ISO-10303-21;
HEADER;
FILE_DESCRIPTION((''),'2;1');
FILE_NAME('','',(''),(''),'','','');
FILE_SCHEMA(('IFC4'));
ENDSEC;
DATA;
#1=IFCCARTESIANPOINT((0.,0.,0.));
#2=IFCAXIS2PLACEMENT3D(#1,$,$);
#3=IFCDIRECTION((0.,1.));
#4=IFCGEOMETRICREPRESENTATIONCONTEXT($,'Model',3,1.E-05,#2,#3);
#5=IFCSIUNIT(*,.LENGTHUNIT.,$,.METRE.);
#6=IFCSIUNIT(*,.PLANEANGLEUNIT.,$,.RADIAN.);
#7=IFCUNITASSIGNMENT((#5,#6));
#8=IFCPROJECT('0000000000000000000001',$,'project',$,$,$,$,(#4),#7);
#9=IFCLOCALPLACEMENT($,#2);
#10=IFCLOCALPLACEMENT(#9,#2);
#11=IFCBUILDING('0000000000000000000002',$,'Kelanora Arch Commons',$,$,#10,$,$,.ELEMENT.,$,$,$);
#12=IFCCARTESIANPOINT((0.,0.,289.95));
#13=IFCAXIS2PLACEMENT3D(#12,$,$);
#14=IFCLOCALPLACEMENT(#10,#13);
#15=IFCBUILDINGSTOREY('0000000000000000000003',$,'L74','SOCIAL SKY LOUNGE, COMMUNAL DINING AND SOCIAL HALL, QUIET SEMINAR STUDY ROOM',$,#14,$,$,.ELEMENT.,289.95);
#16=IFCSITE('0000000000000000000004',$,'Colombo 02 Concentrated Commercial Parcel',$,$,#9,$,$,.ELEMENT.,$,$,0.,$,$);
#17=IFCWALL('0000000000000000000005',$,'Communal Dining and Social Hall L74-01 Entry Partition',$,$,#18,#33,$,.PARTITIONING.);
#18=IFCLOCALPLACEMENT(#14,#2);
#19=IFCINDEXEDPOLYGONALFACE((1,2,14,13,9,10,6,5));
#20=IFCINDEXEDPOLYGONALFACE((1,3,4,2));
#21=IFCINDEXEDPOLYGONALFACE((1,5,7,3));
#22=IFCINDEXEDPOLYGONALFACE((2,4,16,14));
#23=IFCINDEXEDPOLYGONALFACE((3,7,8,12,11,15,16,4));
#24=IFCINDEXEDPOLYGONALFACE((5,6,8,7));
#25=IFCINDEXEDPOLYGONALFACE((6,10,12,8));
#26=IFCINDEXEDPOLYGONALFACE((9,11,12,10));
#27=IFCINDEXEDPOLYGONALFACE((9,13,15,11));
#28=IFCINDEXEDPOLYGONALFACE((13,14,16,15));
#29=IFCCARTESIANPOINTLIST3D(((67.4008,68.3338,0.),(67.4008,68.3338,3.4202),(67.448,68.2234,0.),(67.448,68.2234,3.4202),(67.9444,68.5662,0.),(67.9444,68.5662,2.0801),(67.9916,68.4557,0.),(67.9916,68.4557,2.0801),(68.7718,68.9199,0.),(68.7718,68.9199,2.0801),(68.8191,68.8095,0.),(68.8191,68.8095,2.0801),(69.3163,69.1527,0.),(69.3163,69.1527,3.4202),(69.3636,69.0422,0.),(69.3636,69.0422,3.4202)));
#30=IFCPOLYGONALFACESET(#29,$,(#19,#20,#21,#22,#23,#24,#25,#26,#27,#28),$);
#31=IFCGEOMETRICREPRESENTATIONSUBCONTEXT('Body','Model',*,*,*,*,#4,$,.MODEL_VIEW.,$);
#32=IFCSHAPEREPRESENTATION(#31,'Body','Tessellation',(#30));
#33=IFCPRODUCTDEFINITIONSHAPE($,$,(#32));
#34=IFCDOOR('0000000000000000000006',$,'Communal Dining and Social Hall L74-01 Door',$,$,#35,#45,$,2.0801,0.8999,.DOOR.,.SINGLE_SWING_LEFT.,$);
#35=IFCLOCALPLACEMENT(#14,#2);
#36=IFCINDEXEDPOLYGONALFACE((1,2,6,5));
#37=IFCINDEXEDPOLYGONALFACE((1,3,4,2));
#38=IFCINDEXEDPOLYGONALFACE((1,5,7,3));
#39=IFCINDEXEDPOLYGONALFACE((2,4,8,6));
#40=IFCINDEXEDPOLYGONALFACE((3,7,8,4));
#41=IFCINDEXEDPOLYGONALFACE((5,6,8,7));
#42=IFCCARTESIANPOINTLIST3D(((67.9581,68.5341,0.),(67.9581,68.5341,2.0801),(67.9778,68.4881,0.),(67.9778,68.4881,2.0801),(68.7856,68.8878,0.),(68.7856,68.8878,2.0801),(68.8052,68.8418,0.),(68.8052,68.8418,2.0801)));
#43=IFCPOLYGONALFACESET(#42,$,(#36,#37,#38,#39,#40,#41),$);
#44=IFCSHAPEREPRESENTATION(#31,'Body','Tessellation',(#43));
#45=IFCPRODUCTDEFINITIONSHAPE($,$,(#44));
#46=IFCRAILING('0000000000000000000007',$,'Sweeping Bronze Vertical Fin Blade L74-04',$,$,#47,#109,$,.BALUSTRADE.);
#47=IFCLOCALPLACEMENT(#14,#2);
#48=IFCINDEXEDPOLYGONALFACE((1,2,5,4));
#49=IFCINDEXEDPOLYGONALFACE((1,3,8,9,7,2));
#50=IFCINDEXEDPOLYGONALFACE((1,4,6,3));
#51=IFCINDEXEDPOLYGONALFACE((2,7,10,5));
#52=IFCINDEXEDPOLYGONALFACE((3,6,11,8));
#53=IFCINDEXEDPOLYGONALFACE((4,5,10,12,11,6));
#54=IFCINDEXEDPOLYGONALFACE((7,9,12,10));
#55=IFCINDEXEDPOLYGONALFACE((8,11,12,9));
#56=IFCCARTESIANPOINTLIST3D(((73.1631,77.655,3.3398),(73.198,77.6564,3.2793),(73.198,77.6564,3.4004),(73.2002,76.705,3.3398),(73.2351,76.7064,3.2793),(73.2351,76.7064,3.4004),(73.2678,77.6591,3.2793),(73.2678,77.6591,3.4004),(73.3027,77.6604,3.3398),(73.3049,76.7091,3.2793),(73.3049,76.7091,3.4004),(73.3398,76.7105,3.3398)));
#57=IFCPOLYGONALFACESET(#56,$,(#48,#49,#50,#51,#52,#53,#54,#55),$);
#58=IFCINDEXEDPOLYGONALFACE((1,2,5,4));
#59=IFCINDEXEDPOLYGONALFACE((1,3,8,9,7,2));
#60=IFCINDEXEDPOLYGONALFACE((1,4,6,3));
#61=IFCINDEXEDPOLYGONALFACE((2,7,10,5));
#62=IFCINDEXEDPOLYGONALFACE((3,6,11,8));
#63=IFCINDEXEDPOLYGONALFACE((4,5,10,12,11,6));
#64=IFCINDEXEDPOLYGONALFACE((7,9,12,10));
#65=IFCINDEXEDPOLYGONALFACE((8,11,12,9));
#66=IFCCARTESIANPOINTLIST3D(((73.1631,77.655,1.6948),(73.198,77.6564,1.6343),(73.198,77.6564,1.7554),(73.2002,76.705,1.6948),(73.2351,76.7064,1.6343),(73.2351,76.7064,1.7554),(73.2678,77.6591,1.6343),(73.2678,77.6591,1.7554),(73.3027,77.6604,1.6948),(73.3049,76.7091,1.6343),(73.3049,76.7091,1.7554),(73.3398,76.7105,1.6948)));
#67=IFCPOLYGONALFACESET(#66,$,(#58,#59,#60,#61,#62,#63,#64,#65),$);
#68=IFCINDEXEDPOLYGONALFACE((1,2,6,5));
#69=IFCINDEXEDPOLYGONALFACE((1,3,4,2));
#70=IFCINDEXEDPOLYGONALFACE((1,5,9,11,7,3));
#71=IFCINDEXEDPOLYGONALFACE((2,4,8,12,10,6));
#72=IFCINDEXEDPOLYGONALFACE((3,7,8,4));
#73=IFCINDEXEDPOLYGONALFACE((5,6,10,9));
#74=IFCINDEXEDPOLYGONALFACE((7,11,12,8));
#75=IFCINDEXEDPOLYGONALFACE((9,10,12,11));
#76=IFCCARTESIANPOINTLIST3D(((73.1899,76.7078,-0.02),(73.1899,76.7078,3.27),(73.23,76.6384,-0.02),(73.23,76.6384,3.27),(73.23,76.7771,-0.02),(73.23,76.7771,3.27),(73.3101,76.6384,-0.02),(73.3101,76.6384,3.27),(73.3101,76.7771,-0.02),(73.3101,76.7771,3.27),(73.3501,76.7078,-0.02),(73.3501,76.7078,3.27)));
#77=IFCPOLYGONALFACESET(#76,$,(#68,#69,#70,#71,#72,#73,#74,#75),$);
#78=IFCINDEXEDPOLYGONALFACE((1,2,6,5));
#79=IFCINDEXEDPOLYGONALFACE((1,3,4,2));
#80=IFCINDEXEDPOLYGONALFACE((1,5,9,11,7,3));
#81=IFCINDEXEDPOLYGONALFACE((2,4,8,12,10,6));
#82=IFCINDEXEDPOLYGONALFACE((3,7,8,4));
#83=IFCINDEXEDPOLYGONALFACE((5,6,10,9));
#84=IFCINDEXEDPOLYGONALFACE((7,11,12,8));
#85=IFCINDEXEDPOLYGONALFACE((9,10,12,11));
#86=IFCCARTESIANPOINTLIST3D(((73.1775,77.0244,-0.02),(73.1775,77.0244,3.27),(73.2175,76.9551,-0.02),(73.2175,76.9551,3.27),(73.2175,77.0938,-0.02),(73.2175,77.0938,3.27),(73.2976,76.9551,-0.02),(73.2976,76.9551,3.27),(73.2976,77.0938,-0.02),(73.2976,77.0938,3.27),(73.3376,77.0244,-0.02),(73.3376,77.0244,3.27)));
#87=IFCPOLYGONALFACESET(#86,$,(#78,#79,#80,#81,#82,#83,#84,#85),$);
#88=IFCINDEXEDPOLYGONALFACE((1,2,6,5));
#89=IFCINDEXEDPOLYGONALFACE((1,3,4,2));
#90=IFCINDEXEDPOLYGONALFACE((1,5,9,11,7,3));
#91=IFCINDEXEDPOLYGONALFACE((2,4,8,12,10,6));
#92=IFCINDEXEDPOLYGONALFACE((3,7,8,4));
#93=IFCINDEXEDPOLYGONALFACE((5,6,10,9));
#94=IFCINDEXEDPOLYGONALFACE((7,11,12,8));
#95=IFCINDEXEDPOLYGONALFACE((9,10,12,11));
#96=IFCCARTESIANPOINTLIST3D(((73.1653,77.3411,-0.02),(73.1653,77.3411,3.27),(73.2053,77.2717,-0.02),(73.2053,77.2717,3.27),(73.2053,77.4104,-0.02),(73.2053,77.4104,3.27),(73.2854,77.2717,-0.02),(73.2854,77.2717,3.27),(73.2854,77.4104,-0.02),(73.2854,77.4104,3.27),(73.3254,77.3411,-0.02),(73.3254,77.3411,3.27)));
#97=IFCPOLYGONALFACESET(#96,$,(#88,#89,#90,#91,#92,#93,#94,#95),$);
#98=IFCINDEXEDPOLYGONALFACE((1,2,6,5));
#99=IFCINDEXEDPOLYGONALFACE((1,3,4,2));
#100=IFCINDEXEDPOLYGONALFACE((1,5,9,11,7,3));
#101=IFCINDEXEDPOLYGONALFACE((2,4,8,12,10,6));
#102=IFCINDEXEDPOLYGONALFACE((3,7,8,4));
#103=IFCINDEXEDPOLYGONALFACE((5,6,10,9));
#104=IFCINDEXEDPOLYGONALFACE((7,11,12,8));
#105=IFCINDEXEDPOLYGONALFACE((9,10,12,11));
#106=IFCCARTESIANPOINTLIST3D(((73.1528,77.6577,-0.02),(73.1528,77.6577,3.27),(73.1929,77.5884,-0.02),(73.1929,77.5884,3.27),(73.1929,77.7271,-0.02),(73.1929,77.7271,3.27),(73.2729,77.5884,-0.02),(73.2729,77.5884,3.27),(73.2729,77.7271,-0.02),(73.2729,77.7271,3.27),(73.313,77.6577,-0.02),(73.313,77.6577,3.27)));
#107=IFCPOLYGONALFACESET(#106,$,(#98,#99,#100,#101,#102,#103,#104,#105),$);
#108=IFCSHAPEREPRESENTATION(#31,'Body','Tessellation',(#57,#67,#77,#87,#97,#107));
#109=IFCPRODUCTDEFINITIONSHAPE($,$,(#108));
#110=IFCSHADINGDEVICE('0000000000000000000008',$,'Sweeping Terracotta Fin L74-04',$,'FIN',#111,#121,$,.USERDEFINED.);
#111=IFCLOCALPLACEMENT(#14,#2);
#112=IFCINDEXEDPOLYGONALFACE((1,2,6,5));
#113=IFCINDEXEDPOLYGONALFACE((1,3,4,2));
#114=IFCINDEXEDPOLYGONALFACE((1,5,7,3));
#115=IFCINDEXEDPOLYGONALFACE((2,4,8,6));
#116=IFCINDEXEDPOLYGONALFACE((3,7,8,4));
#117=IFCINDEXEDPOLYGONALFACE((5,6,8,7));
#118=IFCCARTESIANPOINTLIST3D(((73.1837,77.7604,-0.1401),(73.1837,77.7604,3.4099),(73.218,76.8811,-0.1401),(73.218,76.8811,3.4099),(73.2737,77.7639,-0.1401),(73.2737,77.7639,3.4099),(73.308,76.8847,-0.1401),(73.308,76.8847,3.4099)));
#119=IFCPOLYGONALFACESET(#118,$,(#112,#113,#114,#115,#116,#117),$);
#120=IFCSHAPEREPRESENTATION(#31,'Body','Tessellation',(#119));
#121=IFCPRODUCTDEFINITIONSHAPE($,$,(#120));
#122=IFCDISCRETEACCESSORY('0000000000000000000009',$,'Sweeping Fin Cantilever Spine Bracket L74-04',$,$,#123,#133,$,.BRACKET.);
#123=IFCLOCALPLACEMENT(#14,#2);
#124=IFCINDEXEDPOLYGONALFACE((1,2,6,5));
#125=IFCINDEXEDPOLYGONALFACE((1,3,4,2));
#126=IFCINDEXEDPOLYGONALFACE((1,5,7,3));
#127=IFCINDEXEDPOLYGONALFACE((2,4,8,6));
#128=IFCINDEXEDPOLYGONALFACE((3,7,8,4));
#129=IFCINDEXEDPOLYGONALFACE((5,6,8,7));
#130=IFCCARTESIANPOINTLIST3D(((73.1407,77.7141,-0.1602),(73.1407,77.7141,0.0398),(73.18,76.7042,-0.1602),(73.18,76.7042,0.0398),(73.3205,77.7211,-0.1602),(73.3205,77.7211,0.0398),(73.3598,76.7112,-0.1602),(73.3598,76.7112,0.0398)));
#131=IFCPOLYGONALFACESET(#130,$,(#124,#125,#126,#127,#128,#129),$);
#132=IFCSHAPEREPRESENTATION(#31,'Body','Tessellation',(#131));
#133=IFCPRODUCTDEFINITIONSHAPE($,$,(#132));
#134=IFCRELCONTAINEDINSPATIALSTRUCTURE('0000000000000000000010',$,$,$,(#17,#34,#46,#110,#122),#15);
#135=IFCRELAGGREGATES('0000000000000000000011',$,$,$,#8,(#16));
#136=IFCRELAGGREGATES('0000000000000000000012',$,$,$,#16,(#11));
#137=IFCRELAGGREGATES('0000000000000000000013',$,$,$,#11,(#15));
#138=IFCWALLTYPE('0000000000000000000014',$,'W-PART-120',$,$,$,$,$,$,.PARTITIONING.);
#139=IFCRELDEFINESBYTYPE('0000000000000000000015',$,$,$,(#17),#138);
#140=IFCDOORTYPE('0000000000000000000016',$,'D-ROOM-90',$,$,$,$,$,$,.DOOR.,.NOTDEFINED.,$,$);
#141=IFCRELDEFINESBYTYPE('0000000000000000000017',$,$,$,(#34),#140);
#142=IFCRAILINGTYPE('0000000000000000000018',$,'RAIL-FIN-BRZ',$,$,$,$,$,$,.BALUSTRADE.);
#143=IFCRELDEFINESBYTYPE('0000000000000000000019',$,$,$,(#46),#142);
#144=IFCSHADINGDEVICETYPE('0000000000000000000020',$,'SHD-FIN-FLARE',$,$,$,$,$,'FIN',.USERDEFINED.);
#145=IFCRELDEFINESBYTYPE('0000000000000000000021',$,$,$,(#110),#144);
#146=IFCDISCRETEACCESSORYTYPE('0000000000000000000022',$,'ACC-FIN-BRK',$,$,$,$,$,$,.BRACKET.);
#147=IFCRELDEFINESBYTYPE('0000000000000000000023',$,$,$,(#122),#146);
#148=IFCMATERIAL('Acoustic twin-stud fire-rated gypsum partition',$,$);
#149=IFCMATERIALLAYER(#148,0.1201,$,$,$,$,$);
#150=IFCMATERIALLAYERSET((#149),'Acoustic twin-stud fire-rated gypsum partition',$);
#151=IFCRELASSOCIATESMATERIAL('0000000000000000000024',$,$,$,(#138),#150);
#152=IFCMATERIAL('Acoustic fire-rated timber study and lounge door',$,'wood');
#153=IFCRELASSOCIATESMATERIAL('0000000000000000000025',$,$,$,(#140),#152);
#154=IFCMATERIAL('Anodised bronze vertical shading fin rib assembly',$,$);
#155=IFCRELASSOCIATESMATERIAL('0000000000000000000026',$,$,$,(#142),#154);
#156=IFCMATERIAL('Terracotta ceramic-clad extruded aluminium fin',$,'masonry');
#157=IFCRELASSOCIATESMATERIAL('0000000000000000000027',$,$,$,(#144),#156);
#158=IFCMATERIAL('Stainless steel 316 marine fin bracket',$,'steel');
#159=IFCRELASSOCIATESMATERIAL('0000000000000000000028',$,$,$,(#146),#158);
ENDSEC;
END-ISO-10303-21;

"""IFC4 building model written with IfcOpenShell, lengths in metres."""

from ifc_helpers import new_model, si_unit, direction, frame, frame_2d, origin, origin_2d, place, context, subcontext, project, spatial, polyline, rectangle, outline, extrude, source, transform, mapped, material, layer, layer_set, type_object, element, fill, save


model = new_model("IFC4")

# Units and contexts
model_context = context("Model", 3, precision=1e-05, world=origin(), true_north=direction((0.0, 1.0)))
body_context = subcontext(model_context, "Body", "Model", "MODEL_VIEW")
ifc_project = project(units=[si_unit("LENGTHUNIT", "METRE"), si_unit("PLANEANGLEUNIT", "RADIAN")], contexts=[model_context])

# Site, building, storey
site_placement = place(None, origin())
site = spatial("IfcSite", under=ifc_project, at=site_placement, Name="Colombo 02 Concentrated Commercial Parcel", CompositionType="ELEMENT", RefElevation=0.0)
building_placement = place(site_placement, origin())
building = spatial("IfcBuilding", under=site, at=building_placement, Name="Kelanora Arch Commons", CompositionType="ELEMENT")
storey_placement = place(building_placement, frame((0.0, 0.0, 289.95)))
storey = spatial("IfcBuildingStorey", under=building, at=storey_placement, Name="L74", Description="SOCIAL SKY LOUNGE, COMMUNAL DINING AND SOCIAL HALL, QUIET SEMINAR STUDY ROOM", CompositionType="ELEMENT", Elevation=289.95)

# Wall, opening, door
ifc_material_1 = material(Name="Acoustic twin-stud fire-rated gypsum partition")
ifc_layer_1 = layer(ifc_material_1, 0.1201)
ifc_layer_set_1 = layer_set([ifc_layer_1], Name="Acoustic twin-stud fire-rated gypsum partition")
wall_type_1 = type_object("IfcWallType", Name="W-PART-120", PredefinedType="PARTITIONING", material=ifc_layer_set_1)
wall_1_placement = place(storey_placement, frame((69.3398, 69.0974, 0.0), z_axis=(0.0, 0.0, 1.0), x_axis=(-0.919508, -0.39307, 0.0)))
wall_1 = element("IfcWall", 1, at=wall_1_placement, inside=storey, type_object=wall_type_1, Name="Communal Dining and Social Hall L74-01 Entry Partition", PredefinedType="PARTITIONING", context=body_context, shape_type="SweptSolid", body=[
    extrude(rectangle(XDim=2.0833, YDim=0.1201, at=frame_2d((1.0415, 0.0))), origin(), (0.0, 0.0, 1.0), 3.4202),
])
opening_placement = place(wall_1_placement, frame((0.592, 0.0, 0.0)))
opening = element("IfcOpeningElement", 2, at=opening_placement, cuts=wall_1, PredefinedType="OPENING", context=body_context, shape_type="SweptSolid", body=[
    extrude(rectangle(XDim=0.8999, YDim=2.0801, at=frame_2d((0.45, 1.04))), frame((0.0, 0.0701, 0.0), z_axis=(0.0, -1.0, 0.0), x_axis=(1.0, 0.0, 0.0)), (0.0, 0.0, 1.0), 0.1401),
])
ifc_material_2 = material(Name="Acoustic fire-rated timber study and lounge door", Category="wood")
door_type = type_object("IfcDoorType", Name="D-ROOM-90", OperationType="NOTDEFINED", PredefinedType="DOOR", material=ifc_material_2)
door_placement = place(opening_placement, origin())
door = element("IfcDoor", 3, at=door_placement, inside=storey, type_object=door_type, Name="Communal Dining and Social Hall L74-01 Door", OperationType="SINGLE_SWING_LEFT", OverallHeight=2.0801, OverallWidth=0.8999, PredefinedType="DOOR", context=body_context, shape_type="SweptSolid", body=[
    extrude(rectangle(XDim=0.8999, YDim=2.0801, at=frame_2d((0.45, 1.04))), frame((0.0, 0.0249, 0.0), z_axis=(0.0, -1.0, 0.0), x_axis=(1.0, 0.0, 0.0)), (0.0, 0.0, 1.0), 0.05),
])
fill(opening, door)

# Railing
ifc_material_3 = material(Name="Anodised bronze vertical shading fin rib assembly")
railing_type = type_object("IfcRailingType", Name="RAIL-FIN-BRZ", PredefinedType="BALUSTRADE", material=ifc_material_3)
railing_placement = place(storey_placement, frame((73.27, 76.7078, -0.02)))
element("IfcRailing", 4, at=railing_placement, inside=storey, type_object=railing_type, Name="Sweeping Bronze Vertical Fin Blade L74-04", PredefinedType="BALUSTRADE", context=body_context, shape_type="SweptSolid", body=[
    extrude(outline(polyline([(0.0698, 0.0), (0.0349, 0.0605), (-0.0349, 0.0605), (-0.0698, 0.0), (-0.0349, -0.0605), (0.0349, -0.0605), (0.0698, 0.0)])), frame((0.0, 0.0, 3.3599), z_axis=(-0.039035, 0.999238, 0.0), x_axis=(-0.999238, -0.039035, 0.0)), (0.0, 0.0, 1.0), 0.9507),
    extrude(outline(polyline([(0.0698, 0.0), (0.0349, 0.0605), (-0.0349, 0.0605), (-0.0698, 0.0), (-0.0349, -0.0605), (0.0349, -0.0605), (0.0698, 0.0)])), frame((0.0, 0.0, 1.7148), z_axis=(-0.039035, 0.999238, 0.0), x_axis=(-0.999238, -0.039035, 0.0)), (0.0, 0.0, 1.0), 0.9507),
    extrude(outline(polyline([(0.0801, 0.0), (0.04, 0.0693), (-0.04, 0.0693), (-0.0801, 0.0), (-0.04, -0.0693), (0.04, -0.0693), (0.0801, 0.0)])), origin(), (0.0, 0.0, 1.0), 3.29),
    extrude(outline(polyline([(0.0801, 0.0), (0.04, 0.0693), (-0.04, 0.0693), (-0.0801, 0.0), (-0.04, -0.0693), (0.04, -0.0693), (0.0801, 0.0)])), frame((-0.0125, 0.3167, 0.0)), (0.0, 0.0, 1.0), 3.29),
    extrude(outline(polyline([(0.0801, 0.0), (0.04, 0.0693), (-0.04, 0.0693), (-0.0801, 0.0), (-0.04, -0.0693), (0.04, -0.0693), (0.0801, 0.0)])), frame((-0.0247, 0.6333, 0.0)), (0.0, 0.0, 1.0), 3.29),
    extrude(outline(polyline([(0.0801, 0.0), (0.04, 0.0693), (-0.04, 0.0693), (-0.0801, 0.0), (-0.04, -0.0693), (0.04, -0.0693), (0.0801, 0.0)])), frame((-0.0371, 0.95, 0.0)), (0.0, 0.0, 1.0), 3.29),
])

# Shading device
ifc_material_4 = material(Name="Terracotta ceramic-clad extruded aluminium fin", Category="masonry")
shading_device_type = type_object("IfcShadingDeviceType", Name="SHD-FIN-FLARE", ElementType="FIN", PredefinedType="USERDEFINED", material=ifc_material_4)
shared_shape_1 = source(origin(), body_context, "Body", "SweptSolid", [
    extrude(rectangle(XDim=0.8799, YDim=0.0901, at=origin_2d()), origin(), (0.0, 0.0, 1.0), 3.55),
])
shading_device_placement = place(storey_placement, frame((73.2458, 77.3225, -0.1401), z_axis=(0.0, 0.0, 1.0), x_axis=(-0.038911, 0.999243, 0.0)))
element("IfcShadingDevice", 5, at=shading_device_placement, inside=storey, type_object=shading_device_type, Name="Sweeping Terracotta Fin L74-04", ObjectType="FIN", PredefinedType="USERDEFINED", context=body_context, shape_type="MappedRepresentation", body=[
    mapped(shared_shape_1, transform((0.0, 0.0, 0.0), scale=1.0)),
])

# Discrete accessory
ifc_material_5 = material(Name="Stainless steel 316 marine fin bracket", Category="steel")
discrete_accessory_type = type_object("IfcDiscreteAccessoryType", Name="ACC-FIN-BRK", PredefinedType="BRACKET", material=ifc_material_5)
shared_shape_2 = source(origin(), body_context, "Body", "SweptSolid", [
    extrude(rectangle(XDim=1.0107, YDim=0.1799, at=origin_2d()), origin(), (0.0, 0.0, 1.0), 0.2),
])
discrete_accessory_placement = place(storey_placement, frame((73.2502, 77.2126, -0.1602), z_axis=(0.0, 0.0, 1.0), x_axis=(-0.038911, 0.999243, 0.0)))
element("IfcDiscreteAccessory", 6, at=discrete_accessory_placement, inside=storey, type_object=discrete_accessory_type, Name="Sweeping Fin Cantilever Spine Bracket L74-04", PredefinedType="BRACKET", context=body_context, shape_type="MappedRepresentation", body=[
    mapped(shared_shape_2, transform((0.0, 0.0, 0.0), scale=1.0)),
])

save(model, "model.ifc")
